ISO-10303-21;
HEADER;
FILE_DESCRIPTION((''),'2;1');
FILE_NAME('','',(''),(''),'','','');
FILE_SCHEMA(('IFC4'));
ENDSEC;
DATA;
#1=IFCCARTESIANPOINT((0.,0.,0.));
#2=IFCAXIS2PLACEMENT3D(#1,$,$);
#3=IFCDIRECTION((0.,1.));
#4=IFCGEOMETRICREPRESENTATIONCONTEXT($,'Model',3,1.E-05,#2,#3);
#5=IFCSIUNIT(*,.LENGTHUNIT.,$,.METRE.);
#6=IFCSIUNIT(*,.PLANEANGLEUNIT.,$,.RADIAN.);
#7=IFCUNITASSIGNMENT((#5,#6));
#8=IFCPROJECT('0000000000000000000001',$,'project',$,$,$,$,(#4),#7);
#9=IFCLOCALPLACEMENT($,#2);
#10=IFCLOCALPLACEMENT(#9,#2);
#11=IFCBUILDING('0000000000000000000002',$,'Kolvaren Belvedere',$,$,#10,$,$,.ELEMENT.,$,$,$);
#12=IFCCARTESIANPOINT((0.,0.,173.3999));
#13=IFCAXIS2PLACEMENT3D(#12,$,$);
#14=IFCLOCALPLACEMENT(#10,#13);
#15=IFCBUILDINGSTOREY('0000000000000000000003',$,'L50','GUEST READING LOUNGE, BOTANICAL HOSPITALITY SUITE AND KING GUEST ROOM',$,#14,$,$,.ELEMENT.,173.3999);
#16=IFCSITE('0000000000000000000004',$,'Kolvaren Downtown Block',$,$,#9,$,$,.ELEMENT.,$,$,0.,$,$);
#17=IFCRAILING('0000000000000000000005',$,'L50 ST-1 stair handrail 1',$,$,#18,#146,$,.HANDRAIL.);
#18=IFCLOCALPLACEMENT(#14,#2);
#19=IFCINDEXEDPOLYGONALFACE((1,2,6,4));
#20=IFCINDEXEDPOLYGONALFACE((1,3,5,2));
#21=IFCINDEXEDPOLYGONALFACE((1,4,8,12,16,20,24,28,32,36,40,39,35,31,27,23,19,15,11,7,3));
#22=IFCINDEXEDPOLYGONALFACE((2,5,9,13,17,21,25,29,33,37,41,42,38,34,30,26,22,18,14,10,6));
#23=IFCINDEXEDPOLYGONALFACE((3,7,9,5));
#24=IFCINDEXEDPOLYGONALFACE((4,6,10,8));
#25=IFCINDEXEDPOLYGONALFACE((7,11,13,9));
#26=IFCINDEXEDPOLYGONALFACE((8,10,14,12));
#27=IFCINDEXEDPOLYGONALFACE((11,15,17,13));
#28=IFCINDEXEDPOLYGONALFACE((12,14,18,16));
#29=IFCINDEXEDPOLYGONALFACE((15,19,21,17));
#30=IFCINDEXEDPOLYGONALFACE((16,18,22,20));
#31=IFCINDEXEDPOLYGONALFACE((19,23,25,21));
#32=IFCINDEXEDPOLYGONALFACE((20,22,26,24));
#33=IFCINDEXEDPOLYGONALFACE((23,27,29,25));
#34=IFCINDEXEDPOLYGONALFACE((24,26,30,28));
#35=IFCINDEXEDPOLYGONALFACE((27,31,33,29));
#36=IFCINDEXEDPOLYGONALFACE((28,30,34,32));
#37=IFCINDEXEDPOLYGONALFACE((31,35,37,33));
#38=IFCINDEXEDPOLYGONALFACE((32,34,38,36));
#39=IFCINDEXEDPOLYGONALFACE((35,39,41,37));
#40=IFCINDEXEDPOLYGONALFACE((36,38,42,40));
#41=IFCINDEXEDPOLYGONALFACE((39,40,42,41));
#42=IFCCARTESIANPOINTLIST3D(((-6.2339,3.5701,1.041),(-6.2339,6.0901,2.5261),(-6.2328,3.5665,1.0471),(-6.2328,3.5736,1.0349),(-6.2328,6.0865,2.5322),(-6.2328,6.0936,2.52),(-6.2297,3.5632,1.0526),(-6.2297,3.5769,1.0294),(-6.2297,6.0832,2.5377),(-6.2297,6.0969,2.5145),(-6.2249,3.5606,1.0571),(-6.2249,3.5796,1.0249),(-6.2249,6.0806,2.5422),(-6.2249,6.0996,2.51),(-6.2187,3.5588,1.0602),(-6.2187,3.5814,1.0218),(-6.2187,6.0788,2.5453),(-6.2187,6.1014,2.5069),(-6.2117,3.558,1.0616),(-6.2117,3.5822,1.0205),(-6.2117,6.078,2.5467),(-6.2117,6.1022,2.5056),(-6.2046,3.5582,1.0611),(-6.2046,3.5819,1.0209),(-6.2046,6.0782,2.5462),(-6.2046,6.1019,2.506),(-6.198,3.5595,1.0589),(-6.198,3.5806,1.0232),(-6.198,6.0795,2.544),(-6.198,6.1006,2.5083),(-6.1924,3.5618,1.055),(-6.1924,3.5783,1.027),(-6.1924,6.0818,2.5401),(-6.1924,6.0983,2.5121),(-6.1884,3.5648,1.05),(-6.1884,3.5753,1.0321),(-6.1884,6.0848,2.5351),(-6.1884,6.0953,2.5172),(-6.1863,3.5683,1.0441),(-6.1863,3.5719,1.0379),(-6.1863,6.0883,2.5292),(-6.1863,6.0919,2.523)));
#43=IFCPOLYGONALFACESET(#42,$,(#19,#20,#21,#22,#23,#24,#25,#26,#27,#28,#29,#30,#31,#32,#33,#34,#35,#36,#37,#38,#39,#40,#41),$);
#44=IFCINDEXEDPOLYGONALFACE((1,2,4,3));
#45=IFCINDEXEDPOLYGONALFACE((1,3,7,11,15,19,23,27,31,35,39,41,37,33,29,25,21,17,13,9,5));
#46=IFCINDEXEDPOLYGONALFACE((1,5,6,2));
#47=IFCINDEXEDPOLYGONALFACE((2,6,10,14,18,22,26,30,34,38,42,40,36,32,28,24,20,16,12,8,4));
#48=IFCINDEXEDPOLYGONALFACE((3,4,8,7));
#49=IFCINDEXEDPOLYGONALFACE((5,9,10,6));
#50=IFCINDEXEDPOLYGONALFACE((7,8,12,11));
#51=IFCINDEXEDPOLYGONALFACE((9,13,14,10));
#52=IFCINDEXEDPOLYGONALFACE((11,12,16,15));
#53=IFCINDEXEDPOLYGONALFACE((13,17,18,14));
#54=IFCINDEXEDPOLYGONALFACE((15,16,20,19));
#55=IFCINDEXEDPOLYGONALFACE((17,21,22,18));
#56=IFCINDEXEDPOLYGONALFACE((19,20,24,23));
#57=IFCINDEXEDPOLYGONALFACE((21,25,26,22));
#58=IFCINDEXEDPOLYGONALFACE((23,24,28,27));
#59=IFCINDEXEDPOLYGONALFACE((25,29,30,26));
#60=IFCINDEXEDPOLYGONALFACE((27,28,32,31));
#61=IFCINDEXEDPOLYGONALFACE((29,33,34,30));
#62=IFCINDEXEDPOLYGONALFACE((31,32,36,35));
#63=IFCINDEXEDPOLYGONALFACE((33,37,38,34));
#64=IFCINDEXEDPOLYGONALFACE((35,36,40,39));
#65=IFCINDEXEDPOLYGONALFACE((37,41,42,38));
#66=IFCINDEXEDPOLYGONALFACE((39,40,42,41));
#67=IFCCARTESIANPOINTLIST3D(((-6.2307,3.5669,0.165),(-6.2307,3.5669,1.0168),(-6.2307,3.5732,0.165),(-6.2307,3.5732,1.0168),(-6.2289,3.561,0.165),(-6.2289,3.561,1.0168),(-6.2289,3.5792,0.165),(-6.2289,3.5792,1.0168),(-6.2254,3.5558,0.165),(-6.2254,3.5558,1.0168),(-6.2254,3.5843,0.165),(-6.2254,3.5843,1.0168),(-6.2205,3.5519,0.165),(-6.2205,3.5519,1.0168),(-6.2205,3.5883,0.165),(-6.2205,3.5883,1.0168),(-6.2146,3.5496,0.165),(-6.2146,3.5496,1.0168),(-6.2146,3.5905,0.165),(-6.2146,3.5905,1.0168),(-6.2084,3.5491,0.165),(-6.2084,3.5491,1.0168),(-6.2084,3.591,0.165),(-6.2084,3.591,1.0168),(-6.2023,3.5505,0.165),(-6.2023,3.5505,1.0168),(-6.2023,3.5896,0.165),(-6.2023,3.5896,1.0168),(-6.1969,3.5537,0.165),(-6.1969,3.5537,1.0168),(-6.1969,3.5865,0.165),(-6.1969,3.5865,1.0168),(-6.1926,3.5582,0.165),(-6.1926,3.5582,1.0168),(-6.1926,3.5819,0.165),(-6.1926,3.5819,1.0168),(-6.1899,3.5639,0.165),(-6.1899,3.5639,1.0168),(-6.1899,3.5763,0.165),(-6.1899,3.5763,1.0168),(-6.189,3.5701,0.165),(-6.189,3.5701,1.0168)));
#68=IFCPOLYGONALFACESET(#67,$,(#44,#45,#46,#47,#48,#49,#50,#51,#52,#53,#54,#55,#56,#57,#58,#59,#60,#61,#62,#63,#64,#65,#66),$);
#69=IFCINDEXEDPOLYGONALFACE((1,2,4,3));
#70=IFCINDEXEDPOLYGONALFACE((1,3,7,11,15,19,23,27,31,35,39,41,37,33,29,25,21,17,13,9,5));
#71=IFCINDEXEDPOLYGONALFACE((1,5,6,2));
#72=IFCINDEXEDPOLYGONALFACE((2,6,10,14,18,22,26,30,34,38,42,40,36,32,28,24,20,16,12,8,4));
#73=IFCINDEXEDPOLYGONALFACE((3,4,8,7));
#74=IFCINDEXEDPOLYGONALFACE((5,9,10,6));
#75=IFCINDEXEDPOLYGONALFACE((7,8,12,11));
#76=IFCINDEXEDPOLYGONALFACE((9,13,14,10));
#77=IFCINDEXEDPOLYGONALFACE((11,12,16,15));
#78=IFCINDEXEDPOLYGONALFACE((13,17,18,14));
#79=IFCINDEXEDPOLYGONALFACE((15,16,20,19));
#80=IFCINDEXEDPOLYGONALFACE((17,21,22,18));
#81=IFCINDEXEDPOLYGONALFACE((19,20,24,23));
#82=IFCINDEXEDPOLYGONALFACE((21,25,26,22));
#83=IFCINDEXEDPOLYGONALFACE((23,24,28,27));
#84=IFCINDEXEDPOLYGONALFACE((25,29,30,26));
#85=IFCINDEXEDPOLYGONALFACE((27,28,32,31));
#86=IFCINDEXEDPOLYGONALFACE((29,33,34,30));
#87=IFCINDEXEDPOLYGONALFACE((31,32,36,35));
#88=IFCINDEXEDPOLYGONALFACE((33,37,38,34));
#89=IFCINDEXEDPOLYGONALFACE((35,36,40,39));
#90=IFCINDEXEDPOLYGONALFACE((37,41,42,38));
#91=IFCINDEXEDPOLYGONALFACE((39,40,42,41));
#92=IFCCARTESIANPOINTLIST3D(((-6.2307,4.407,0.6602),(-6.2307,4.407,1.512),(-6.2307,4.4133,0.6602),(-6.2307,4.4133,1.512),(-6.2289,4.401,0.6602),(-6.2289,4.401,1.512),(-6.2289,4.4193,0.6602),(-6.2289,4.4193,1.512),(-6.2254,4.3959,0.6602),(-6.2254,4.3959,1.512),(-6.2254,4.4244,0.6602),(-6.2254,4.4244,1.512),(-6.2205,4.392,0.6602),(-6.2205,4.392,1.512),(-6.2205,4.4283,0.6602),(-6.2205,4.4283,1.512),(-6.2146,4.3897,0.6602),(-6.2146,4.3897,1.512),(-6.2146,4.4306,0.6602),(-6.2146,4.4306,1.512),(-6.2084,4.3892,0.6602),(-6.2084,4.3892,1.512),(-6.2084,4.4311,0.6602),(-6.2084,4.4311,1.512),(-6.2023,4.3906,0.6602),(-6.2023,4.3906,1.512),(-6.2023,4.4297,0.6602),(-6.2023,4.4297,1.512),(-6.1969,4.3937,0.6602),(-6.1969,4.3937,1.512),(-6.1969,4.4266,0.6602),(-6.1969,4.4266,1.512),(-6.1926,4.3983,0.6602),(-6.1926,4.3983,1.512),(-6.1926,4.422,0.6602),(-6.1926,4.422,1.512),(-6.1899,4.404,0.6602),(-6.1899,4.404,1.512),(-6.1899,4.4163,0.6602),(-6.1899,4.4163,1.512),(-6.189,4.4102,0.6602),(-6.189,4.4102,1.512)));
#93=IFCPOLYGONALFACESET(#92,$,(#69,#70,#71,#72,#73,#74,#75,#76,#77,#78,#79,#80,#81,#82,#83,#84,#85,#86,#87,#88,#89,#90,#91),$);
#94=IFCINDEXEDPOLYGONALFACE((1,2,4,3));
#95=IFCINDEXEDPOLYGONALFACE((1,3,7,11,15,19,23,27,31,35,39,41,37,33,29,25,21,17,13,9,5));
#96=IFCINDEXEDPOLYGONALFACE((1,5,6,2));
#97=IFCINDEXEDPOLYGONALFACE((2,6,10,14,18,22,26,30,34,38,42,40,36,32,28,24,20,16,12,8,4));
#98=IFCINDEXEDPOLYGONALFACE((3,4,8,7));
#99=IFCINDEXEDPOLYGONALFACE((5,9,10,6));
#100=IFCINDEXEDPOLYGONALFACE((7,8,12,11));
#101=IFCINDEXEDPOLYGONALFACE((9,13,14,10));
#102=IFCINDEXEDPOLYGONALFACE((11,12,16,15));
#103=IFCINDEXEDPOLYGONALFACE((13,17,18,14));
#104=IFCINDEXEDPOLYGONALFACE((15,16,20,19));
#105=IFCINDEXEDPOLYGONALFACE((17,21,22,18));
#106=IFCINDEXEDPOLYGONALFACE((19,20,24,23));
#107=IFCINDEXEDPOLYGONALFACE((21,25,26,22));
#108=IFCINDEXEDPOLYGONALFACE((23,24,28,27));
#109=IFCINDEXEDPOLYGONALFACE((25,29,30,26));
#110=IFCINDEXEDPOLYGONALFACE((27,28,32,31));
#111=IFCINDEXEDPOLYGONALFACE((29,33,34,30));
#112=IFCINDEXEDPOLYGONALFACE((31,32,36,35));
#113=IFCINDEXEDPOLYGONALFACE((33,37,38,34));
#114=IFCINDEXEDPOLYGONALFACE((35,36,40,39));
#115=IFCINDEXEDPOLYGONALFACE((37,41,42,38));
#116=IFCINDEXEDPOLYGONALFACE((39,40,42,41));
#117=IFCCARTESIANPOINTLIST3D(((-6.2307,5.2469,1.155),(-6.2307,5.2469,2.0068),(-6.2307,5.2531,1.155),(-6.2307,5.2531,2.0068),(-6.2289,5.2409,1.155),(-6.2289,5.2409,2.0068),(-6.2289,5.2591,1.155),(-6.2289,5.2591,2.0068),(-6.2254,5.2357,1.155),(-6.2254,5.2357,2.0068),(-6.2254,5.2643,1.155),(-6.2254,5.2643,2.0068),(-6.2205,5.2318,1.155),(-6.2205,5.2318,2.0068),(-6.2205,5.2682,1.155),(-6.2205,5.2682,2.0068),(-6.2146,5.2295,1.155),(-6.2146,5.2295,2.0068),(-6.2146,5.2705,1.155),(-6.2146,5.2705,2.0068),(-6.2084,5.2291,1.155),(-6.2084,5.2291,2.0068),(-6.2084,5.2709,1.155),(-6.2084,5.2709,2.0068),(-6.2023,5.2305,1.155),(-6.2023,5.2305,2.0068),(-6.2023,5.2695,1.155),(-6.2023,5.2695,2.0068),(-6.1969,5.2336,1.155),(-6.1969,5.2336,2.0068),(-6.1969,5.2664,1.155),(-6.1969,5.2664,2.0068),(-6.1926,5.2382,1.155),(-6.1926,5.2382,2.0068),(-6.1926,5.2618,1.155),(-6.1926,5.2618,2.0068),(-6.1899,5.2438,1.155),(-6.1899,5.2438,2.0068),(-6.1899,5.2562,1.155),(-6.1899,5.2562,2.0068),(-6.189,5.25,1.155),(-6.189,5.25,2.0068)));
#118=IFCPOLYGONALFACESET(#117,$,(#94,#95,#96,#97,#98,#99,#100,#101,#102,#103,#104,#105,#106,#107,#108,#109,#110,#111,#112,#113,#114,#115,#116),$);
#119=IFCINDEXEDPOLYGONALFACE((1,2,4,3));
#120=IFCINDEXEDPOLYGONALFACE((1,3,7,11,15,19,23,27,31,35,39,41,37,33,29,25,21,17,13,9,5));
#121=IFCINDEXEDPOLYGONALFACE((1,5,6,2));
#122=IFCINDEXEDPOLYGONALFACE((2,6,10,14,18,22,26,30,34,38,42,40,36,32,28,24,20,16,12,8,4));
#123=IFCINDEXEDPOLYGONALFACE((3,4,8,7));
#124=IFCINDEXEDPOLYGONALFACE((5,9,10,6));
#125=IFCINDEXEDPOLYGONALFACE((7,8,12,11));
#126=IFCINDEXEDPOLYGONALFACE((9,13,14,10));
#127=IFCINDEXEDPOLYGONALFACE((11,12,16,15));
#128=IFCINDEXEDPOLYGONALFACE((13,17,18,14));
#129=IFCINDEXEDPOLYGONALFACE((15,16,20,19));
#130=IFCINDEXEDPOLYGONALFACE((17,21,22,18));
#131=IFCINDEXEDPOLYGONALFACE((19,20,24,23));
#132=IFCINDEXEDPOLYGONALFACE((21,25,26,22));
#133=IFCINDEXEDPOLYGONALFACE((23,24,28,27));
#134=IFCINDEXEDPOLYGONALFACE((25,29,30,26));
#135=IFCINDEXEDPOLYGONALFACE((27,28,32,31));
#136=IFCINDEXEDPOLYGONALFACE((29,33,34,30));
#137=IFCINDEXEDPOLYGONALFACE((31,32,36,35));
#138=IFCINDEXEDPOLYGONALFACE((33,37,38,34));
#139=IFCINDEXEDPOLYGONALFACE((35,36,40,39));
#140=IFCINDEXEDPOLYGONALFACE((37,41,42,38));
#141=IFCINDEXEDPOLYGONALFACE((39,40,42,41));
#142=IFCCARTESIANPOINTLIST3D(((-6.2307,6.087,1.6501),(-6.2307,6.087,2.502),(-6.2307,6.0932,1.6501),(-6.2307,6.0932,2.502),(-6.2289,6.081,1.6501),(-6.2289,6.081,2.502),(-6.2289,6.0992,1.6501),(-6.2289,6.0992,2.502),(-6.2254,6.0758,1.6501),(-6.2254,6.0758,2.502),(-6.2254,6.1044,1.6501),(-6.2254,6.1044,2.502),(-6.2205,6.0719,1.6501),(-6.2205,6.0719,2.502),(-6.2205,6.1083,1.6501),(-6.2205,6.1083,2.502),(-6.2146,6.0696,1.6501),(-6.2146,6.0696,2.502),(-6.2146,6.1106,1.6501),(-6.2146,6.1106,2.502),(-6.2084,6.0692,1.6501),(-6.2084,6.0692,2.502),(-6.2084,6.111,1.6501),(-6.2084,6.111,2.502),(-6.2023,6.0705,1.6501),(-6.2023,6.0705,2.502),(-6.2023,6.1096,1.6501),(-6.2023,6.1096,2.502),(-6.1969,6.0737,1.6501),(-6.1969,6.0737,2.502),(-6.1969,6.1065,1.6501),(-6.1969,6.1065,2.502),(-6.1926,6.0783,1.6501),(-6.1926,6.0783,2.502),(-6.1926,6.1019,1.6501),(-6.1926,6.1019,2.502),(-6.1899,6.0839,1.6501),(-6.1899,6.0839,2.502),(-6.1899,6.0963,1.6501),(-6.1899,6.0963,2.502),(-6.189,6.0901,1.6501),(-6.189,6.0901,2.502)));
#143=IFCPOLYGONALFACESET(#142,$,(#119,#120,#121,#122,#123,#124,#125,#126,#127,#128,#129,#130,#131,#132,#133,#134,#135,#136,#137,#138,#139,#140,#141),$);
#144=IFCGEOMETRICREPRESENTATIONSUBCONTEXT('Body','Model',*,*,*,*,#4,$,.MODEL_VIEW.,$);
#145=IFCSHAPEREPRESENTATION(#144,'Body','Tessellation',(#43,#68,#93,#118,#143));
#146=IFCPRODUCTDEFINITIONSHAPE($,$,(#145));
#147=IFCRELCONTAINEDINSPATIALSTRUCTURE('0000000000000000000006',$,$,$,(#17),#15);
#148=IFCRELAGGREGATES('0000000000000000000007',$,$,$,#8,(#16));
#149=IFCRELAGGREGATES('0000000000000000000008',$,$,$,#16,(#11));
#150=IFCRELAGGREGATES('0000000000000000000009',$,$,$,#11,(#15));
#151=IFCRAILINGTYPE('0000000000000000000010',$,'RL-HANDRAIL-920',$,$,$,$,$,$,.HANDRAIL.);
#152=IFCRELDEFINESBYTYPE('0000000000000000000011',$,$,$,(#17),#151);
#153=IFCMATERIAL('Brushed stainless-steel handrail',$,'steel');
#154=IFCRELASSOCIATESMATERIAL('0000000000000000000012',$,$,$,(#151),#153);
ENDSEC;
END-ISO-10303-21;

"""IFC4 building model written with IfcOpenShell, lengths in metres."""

from ifc_helpers import new_model, si_unit, direction, frame, origin, origin_2d, place, context, subcontext, project, spatial, circle, extrude, material, type_object, element, save


model = new_model("IFC4")

# Units and contexts
model_context = context("Model", 3, precision=1e-05, world=origin(), true_north=direction((0.0, 1.0)))
body_context = subcontext(model_context, "Body", "Model", "MODEL_VIEW")
ifc_project = project(units=[si_unit("LENGTHUNIT", "METRE"), si_unit("PLANEANGLEUNIT", "RADIAN")], contexts=[model_context])

# Site, building, storey
site_placement = place(None, origin())
site = spatial("IfcSite", under=ifc_project, at=site_placement, Name="Kolvaren Downtown Block", CompositionType="ELEMENT", RefElevation=0.0)
building_placement = place(site_placement, origin())
building = spatial("IfcBuilding", under=site, at=building_placement, Name="Kolvaren Belvedere", CompositionType="ELEMENT")
storey_placement = place(building_placement, frame((0.0, 0.0, 173.3999)))
storey = spatial("IfcBuildingStorey", under=building, at=storey_placement, Name="L50", Description="GUEST READING LOUNGE, BOTANICAL HOSPITALITY SUITE AND KING GUEST ROOM", CompositionType="ELEMENT", Elevation=173.3999)

# Railing
ifc_material_1 = material(Name="Brushed stainless-steel handrail", Category="steel")
railing_type_1 = type_object("IfcRailingType", Name="RL-HANDRAIL-920", PredefinedType="HANDRAIL", material=ifc_material_1)
railing_1_placement = place(storey_placement, frame((-6.21, 3.5701, 0.165)))
element("IfcRailing", 1, at=railing_1_placement, inside=storey, type_object=railing_type_1, Name="L50 ST-1 stair handrail 1", PredefinedType="HANDRAIL", context=body_context, shape_type="SweptSolid", body=[
    extrude(circle(Radius=0.0239, at=origin_2d()), frame((0.0, 0.0, 0.876), z_axis=(0.0, 0.861524, 0.507717), x_axis=(-1.0, 0.0, 0.0)), (0.0, 0.0, 1.0), 2.925),
    extrude(circle(Radius=0.021, at=origin_2d()), origin(), (0.0, 0.0, 1.0), 0.8518),
    extrude(circle(Radius=0.021, at=origin_2d()), frame((0.0, 0.8401, 0.4951)), (0.0, 0.0, 1.0), 0.8518),
    extrude(circle(Radius=0.021, at=origin_2d()), frame((0.0, 1.6799, 0.99)), (0.0, 0.0, 1.0), 0.8518),
    extrude(circle(Radius=0.021, at=origin_2d()), frame((0.0, 2.52, 1.4851)), (0.0, 0.0, 1.0), 0.8518),
])

save(model, "model.ifc")
